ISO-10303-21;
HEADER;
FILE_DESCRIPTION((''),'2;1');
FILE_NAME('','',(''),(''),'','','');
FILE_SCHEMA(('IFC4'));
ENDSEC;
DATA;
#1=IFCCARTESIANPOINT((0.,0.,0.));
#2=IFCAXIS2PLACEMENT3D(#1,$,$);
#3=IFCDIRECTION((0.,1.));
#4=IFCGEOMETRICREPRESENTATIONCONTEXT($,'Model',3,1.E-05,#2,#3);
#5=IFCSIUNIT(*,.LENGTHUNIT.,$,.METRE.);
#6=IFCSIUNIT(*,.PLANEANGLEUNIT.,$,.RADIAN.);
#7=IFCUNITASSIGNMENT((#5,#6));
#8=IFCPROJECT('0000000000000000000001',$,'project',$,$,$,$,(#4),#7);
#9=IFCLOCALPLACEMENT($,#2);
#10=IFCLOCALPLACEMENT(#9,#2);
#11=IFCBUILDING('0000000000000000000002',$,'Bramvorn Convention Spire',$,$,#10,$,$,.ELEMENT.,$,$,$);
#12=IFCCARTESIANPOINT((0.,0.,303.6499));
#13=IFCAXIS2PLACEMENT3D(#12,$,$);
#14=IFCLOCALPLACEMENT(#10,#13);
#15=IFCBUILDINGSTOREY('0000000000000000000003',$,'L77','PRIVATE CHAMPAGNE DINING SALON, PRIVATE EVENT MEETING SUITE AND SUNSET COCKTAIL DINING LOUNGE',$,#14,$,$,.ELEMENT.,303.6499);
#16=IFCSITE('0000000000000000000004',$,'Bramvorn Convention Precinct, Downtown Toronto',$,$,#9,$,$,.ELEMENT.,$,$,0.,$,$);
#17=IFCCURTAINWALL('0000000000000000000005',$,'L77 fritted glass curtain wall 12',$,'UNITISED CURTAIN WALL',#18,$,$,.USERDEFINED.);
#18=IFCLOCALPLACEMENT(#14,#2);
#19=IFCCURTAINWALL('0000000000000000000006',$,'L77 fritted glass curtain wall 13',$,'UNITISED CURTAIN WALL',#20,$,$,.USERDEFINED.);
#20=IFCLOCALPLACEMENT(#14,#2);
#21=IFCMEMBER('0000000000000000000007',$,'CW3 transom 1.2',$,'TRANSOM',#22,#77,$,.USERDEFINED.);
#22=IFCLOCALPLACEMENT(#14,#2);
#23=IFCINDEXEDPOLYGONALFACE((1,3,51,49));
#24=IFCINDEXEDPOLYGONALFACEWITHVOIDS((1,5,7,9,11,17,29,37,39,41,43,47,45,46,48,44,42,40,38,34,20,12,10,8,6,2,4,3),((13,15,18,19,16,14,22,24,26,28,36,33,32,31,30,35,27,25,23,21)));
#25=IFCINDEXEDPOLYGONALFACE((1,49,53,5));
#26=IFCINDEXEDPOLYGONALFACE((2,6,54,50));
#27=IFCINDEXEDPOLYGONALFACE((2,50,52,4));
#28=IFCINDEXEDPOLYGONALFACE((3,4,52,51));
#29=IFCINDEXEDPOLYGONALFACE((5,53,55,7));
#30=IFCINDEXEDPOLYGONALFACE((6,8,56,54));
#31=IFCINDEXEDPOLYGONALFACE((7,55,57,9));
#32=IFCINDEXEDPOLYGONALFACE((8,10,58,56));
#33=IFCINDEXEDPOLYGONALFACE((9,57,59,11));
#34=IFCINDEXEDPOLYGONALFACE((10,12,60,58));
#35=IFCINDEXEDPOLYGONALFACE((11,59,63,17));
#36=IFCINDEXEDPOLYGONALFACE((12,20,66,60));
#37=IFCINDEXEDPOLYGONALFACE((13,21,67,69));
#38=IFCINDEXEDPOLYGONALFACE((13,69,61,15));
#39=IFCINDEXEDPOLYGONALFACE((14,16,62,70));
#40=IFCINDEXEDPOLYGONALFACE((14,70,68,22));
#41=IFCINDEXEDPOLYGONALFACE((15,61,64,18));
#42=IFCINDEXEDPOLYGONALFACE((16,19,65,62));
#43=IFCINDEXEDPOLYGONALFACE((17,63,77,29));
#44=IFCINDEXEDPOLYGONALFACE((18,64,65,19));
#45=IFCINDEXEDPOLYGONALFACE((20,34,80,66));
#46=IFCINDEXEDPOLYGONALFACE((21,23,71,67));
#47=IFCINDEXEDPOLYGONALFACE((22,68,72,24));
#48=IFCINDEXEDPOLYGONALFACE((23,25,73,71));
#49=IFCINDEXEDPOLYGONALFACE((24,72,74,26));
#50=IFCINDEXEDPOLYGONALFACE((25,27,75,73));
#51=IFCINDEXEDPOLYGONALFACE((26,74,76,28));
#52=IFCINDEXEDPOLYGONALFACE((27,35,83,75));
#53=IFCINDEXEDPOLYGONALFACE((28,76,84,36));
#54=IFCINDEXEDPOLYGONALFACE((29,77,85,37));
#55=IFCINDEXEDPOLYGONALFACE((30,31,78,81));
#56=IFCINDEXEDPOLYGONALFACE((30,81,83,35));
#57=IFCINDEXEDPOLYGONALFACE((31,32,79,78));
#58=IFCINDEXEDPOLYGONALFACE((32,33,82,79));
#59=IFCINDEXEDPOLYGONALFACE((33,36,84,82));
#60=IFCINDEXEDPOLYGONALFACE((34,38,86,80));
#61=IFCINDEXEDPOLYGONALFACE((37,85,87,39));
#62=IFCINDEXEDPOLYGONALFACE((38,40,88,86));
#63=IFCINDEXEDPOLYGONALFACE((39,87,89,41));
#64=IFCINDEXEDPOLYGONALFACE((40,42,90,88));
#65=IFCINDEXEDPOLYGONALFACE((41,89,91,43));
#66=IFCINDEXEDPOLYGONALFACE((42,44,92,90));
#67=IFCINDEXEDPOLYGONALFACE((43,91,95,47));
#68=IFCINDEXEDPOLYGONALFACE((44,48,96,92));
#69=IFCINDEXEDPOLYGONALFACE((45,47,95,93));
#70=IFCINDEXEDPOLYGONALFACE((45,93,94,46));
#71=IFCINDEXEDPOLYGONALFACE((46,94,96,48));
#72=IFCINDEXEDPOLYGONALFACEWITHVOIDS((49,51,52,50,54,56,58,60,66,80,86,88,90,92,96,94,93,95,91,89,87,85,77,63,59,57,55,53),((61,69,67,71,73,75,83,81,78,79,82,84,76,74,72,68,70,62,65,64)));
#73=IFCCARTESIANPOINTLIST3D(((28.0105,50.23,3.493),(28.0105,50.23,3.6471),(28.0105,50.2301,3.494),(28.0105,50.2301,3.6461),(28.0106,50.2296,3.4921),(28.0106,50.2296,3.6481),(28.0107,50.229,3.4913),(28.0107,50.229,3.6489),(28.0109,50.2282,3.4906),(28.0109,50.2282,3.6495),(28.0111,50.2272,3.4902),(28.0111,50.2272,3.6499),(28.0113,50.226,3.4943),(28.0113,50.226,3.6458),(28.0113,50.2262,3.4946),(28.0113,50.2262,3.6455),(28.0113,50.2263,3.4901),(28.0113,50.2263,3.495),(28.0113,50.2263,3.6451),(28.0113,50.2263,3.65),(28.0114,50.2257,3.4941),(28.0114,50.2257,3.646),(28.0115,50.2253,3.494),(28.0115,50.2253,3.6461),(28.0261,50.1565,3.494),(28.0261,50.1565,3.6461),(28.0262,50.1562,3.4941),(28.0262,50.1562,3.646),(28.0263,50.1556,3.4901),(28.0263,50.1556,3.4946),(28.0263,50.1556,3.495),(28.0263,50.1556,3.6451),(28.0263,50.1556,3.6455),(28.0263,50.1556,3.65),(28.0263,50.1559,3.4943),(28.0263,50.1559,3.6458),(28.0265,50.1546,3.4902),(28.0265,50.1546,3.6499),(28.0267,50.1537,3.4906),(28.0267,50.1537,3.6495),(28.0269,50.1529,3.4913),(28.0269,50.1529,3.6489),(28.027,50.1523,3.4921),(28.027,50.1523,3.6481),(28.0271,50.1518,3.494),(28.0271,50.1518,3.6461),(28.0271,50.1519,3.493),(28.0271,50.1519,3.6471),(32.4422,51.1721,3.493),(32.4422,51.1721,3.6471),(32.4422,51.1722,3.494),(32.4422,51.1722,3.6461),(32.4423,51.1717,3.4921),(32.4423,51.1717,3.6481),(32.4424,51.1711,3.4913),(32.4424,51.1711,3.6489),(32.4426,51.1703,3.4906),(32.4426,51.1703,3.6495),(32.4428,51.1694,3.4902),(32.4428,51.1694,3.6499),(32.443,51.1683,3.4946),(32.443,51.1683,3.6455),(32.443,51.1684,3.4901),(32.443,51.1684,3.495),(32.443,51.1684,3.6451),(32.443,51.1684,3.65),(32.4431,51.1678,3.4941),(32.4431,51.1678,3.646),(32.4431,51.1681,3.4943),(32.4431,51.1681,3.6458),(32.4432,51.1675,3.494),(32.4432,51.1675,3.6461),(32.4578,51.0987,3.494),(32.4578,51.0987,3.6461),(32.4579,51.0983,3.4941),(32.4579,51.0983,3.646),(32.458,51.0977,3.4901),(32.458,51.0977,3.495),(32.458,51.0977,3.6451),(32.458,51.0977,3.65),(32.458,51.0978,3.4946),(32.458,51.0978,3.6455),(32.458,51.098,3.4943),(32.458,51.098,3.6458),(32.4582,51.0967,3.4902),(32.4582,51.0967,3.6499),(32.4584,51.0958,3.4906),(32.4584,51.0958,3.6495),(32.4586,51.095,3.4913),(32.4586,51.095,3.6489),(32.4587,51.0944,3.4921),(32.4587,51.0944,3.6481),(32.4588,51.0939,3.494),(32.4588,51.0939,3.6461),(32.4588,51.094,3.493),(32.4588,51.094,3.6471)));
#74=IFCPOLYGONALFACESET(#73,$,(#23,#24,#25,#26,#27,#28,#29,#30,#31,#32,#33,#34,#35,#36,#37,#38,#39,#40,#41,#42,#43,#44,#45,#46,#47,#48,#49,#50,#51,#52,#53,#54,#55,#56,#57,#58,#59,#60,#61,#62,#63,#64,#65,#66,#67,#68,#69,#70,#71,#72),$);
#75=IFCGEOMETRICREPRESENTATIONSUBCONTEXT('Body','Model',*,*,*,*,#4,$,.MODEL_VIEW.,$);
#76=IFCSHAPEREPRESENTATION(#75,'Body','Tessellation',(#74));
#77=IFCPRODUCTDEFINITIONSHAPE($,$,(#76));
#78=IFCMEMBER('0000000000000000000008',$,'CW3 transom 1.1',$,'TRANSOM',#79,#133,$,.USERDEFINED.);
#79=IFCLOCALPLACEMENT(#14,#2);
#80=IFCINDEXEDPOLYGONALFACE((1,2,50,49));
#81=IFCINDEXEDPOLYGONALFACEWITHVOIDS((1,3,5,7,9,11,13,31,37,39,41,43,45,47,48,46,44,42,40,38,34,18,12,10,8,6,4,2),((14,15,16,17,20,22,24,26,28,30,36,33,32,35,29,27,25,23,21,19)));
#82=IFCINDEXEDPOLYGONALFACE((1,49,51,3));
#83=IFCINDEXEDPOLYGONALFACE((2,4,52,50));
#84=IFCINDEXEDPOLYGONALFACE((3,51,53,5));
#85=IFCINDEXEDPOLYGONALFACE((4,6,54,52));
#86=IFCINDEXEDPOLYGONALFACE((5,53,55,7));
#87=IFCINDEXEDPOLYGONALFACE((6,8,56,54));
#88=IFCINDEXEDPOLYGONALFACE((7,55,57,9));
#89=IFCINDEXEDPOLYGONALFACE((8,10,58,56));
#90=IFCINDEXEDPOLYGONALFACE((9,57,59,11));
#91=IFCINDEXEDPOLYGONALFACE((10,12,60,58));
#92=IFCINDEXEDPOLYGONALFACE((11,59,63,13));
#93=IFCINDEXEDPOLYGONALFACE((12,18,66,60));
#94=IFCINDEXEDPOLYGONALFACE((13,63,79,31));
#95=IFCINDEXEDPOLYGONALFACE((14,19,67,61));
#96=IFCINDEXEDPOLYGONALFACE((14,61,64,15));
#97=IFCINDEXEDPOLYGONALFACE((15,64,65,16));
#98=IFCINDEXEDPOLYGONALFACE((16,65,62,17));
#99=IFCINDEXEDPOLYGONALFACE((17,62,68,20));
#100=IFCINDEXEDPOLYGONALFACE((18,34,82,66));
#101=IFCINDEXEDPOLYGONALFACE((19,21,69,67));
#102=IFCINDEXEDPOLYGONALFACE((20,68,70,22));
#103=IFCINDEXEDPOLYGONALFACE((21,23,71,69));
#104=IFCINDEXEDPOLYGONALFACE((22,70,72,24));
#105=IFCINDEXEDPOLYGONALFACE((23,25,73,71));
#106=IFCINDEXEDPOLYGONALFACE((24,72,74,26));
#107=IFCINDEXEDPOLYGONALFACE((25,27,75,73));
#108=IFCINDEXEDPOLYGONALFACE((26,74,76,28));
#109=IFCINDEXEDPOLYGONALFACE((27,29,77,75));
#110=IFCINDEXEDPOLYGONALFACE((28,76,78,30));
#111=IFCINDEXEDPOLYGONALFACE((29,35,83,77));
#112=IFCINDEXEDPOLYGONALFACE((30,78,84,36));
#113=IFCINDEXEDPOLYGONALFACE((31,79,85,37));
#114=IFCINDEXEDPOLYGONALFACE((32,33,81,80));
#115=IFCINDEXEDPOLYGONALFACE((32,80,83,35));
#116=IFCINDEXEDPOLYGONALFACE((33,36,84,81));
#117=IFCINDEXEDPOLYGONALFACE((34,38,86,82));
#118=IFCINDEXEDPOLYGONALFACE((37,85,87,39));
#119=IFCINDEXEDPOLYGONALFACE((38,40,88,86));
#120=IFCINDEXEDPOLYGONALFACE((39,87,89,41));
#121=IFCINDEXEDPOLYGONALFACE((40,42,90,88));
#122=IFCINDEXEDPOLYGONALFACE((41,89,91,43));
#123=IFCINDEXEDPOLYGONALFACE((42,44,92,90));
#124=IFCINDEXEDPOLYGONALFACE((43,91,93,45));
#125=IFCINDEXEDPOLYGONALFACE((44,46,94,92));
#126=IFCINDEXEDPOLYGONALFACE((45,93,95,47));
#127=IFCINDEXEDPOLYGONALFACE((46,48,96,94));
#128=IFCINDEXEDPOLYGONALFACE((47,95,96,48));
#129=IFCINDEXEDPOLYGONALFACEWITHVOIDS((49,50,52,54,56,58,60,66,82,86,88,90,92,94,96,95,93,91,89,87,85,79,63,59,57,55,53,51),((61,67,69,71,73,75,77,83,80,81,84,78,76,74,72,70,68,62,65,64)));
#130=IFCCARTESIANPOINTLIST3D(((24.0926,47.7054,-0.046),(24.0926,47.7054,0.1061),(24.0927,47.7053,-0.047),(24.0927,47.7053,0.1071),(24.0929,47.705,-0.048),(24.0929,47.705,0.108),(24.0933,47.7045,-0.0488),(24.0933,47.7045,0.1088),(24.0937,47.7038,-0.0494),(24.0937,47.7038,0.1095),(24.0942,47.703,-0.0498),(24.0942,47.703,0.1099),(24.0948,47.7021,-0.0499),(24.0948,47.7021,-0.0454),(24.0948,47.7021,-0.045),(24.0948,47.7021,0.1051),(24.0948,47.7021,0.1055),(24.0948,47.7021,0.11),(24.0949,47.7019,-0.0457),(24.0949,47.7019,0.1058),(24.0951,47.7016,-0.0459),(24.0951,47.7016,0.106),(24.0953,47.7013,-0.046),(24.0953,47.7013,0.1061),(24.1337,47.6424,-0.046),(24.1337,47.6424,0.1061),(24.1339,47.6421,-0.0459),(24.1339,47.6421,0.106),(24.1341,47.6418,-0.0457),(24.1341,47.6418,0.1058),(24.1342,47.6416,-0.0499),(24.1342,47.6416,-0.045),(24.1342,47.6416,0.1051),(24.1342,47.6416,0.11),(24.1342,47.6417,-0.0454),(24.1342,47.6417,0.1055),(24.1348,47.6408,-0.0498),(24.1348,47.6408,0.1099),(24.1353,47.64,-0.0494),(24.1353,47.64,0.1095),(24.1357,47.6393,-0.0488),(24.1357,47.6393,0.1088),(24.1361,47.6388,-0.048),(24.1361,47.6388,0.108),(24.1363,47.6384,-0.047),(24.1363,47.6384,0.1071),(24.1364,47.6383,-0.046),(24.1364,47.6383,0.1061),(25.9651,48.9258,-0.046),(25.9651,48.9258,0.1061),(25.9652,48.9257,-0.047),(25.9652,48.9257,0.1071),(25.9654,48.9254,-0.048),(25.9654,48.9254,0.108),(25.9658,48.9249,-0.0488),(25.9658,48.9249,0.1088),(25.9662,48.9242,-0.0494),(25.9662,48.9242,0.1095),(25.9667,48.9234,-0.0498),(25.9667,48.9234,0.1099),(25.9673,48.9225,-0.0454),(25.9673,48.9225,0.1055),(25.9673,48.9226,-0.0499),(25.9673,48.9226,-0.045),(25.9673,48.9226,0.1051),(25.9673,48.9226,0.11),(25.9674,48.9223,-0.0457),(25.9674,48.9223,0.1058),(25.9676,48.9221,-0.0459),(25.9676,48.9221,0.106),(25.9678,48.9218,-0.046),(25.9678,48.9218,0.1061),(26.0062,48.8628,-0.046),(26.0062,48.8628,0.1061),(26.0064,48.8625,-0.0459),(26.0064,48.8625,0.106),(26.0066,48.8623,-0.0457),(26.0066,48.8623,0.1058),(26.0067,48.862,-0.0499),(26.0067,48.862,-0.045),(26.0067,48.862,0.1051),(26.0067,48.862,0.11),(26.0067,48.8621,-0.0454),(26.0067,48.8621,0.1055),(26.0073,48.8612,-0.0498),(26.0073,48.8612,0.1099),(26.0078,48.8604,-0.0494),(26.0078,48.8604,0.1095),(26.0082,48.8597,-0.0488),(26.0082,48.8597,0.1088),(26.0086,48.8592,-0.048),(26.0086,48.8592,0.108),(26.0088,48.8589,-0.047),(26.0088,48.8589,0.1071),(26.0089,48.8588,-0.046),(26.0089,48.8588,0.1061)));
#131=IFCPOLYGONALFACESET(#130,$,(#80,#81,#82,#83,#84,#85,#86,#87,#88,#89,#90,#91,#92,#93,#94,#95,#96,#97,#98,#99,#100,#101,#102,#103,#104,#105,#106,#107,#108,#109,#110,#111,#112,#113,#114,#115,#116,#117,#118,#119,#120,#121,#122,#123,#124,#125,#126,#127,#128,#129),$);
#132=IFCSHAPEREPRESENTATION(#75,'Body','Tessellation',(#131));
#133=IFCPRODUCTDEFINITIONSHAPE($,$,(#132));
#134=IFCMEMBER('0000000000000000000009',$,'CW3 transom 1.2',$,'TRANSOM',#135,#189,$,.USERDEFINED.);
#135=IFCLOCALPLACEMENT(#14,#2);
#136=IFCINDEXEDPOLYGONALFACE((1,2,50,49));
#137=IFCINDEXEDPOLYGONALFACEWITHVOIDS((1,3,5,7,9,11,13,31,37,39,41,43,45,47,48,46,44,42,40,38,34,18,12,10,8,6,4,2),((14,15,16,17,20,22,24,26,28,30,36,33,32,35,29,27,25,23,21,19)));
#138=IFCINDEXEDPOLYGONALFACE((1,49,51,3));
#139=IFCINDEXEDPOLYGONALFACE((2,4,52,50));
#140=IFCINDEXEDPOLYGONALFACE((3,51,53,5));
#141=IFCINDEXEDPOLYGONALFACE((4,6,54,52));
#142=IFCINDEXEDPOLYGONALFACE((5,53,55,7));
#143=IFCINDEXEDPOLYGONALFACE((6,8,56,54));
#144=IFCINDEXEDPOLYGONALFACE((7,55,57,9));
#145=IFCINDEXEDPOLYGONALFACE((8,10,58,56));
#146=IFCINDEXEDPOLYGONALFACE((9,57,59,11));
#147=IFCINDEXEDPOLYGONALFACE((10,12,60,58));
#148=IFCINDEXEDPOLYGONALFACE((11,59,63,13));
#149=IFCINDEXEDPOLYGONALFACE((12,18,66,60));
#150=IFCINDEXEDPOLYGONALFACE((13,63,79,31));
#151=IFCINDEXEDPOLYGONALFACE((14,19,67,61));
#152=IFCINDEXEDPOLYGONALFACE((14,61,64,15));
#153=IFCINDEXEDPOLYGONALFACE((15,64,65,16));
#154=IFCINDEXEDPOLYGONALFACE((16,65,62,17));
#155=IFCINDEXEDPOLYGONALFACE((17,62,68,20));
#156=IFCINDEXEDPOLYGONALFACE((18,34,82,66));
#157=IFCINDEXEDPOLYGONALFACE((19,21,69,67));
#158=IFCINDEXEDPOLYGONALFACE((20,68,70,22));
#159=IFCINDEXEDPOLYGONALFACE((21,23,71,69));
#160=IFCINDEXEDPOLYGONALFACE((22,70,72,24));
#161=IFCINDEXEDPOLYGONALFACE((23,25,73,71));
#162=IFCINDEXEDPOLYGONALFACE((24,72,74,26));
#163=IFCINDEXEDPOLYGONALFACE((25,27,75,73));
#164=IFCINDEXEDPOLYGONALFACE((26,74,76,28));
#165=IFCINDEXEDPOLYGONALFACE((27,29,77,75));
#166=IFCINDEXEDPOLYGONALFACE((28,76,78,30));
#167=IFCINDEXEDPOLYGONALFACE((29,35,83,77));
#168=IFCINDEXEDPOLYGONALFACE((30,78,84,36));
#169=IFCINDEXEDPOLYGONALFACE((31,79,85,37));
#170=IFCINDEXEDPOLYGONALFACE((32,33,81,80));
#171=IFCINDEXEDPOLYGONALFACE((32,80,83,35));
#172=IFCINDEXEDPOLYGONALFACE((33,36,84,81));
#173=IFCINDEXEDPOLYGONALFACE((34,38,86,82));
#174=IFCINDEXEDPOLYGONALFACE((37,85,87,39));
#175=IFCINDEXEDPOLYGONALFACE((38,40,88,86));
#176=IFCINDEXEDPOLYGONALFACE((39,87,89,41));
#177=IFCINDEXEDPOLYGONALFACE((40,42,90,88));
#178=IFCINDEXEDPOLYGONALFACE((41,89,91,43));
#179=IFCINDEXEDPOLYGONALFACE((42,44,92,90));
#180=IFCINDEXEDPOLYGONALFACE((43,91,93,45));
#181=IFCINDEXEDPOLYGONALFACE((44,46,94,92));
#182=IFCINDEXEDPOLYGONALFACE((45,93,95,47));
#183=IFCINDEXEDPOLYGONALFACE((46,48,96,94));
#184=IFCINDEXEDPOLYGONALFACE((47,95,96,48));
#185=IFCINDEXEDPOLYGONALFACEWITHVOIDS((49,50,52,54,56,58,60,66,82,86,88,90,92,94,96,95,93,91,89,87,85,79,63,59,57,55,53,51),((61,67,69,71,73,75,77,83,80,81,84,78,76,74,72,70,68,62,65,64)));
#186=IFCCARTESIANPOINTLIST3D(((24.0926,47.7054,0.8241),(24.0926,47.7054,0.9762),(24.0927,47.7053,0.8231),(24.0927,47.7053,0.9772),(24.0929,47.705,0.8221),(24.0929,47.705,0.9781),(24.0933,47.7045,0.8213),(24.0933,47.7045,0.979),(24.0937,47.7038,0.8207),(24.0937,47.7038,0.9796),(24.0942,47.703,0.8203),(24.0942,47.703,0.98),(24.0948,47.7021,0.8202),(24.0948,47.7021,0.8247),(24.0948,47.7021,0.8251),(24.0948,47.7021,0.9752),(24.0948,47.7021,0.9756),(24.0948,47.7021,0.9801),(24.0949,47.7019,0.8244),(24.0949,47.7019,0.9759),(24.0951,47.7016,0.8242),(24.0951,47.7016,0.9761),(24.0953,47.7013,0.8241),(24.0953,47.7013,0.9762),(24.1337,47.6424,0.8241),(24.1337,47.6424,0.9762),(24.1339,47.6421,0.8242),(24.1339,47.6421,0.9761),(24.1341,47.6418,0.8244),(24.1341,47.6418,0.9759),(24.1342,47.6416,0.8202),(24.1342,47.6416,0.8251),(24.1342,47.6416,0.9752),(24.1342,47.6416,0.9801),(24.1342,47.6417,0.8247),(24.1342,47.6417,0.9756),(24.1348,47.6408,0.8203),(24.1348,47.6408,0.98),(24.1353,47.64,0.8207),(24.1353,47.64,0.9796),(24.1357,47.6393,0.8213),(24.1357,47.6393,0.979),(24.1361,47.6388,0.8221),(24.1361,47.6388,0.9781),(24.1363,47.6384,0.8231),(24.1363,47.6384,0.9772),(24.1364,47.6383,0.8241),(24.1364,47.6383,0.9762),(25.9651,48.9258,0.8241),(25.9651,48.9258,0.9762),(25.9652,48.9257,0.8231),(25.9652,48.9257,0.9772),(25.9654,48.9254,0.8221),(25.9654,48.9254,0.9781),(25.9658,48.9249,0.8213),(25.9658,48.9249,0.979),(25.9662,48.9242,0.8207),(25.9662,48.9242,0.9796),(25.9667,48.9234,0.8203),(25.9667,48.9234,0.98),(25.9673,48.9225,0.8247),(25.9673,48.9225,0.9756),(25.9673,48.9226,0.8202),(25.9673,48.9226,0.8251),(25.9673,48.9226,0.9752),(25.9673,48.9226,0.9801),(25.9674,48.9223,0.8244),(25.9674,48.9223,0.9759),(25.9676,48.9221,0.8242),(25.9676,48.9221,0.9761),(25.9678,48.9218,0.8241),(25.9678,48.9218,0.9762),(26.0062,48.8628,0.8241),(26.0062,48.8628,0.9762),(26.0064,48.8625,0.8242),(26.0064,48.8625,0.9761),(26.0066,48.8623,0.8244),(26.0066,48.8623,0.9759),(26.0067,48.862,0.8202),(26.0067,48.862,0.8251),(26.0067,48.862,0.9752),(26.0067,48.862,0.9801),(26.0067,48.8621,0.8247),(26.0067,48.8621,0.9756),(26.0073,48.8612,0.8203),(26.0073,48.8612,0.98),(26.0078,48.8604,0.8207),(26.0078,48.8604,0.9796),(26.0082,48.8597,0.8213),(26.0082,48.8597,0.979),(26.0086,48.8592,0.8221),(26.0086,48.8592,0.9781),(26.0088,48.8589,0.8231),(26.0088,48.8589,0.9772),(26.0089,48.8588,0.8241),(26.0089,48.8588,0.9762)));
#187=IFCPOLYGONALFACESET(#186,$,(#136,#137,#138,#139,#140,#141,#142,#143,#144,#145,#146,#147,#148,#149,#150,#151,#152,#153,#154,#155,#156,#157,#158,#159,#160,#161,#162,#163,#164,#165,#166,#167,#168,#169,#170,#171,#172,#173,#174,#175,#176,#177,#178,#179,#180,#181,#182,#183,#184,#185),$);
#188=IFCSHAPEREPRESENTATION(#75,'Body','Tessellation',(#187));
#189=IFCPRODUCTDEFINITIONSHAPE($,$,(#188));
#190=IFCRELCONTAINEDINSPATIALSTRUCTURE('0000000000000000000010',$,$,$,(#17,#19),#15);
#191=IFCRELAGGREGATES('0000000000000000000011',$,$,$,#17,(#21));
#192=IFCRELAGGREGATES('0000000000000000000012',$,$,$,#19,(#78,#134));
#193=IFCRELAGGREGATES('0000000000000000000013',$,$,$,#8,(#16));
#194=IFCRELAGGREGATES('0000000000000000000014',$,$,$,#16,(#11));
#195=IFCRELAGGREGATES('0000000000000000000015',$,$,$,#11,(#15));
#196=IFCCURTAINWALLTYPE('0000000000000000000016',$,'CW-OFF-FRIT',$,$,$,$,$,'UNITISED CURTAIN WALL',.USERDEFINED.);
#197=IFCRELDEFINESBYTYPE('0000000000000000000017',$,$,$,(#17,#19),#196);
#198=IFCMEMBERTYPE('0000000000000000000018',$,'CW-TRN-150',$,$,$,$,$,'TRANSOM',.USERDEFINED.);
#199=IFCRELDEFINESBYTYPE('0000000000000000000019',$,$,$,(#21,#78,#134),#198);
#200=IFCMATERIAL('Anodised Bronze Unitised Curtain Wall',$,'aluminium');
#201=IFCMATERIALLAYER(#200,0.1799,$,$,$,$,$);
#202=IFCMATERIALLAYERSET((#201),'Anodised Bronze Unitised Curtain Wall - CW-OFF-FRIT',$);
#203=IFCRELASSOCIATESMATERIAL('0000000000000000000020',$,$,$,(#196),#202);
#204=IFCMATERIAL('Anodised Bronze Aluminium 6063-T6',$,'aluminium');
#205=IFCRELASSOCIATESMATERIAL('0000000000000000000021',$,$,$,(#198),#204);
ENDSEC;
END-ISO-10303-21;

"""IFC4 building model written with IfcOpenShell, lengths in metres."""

from ifc_helpers import new_model, si_unit, direction, frame, origin, origin_2d, place, context, subcontext, project, spatial, hollow_rectangle, extrude, material, layer, layer_set, material_profile, profile_set, type_object, element, aggregate, save


model = new_model("IFC4")

# Units and contexts
model_context = context("Model", 3, precision=1e-05, world=origin(), true_north=direction((0.0, 1.0)))
body_context = subcontext(model_context, "Body", "Model", "MODEL_VIEW")
ifc_project = project(units=[si_unit("LENGTHUNIT", "METRE"), si_unit("PLANEANGLEUNIT", "RADIAN")], contexts=[model_context])

# Site, building, storey
site_placement = place(None, origin())
site = spatial("IfcSite", under=ifc_project, at=site_placement, Name="Bramvorn Convention Precinct, Downtown Toronto", CompositionType="ELEMENT", RefElevation=0.0)
building_placement = place(site_placement, origin())
building = spatial("IfcBuilding", under=site, at=building_placement, Name="Bramvorn Convention Spire", CompositionType="ELEMENT")
storey_placement = place(building_placement, frame((0.0, 0.0, 303.6499)))
storey = spatial("IfcBuildingStorey", under=building, at=storey_placement, Name="L77", Description="PRIVATE CHAMPAGNE DINING SALON, PRIVATE EVENT MEETING SUITE AND SUNSET COCKTAIL DINING LOUNGE", CompositionType="ELEMENT", Elevation=303.6499)

# Curtain walls
ifc_material_1 = material(Name="Anodised Bronze Unitised Curtain Wall", Category="aluminium")
ifc_layer_1 = layer(ifc_material_1, 0.1799)
ifc_layer_set_1 = layer_set([ifc_layer_1], Name="Anodised Bronze Unitised Curtain Wall - CW-OFF-FRIT")
curtain_wall_type = type_object("IfcCurtainWallType", Name="CW-OFF-FRIT", ElementType="UNITISED CURTAIN WALL", PredefinedType="USERDEFINED", material=ifc_layer_set_1)
curtain_wall_1_placement = place(storey_placement, origin())
curtain_wall_1 = element("IfcCurtainWall", 1, at=curtain_wall_1_placement, inside=storey, type_object=curtain_wall_type, Name="L77 fritted glass curtain wall 12", ObjectType="UNITISED CURTAIN WALL", PredefinedType="USERDEFINED")
ifc_material_2 = material(Name="Anodised Bronze Aluminium 6063-T6", Category="aluminium")
curtain_wall_2_placement = place(storey_placement, origin())
curtain_wall_2 = element("IfcCurtainWall", 2, at=curtain_wall_2_placement, inside=storey, type_object=curtain_wall_type, Name="L77 fritted glass curtain wall 13", ObjectType="UNITISED CURTAIN WALL", PredefinedType="USERDEFINED")

# Members
ifc_material_profile_1 = material_profile(ifc_material_2, hollow_rectangle(XDim=0.0801, YDim=0.1599, WallThickness=0.0039, InnerFilletRadius=0.001, OuterFilletRadius=0.0039, at=origin_2d()))
ifc_profile_set_1 = profile_set([ifc_material_profile_1], Name="Anodised Bronze Aluminium 6063-T6 - CWT80X160")
member_type_1 = type_object("IfcMemberType", Name="CW-TRN-150", ElementType="TRANSOM", PredefinedType="USERDEFINED", material=ifc_profile_set_1)
member_1_placement = place(storey_placement, frame((28.0188, 50.1909, 3.5701), z_axis=(0.97814, 0.207946, 0.0), x_axis=(-0.207946, 0.97814, 0.0)))
member_1 = element("IfcMember", 3, at=member_1_placement, type_object=member_type_1, Name="CW3 transom 1.2", ObjectType="TRANSOM", PredefinedType="USERDEFINED", context=body_context, shape_type="SweptSolid", body=[
    extrude(hollow_rectangle(XDim=0.0801, YDim=0.1599, WallThickness=0.0039, InnerFilletRadius=0.001, OuterFilletRadius=0.0039, at=origin_2d()), origin(), (0.0, 0.0, 1.0), 4.5308),
])
member_2_placement = place(storey_placement, frame((24.1145, 47.6719, 0.03), z_axis=(0.837769, 0.546025, 0.0), x_axis=(-0.546025, 0.837769, 0.0)))
member_2 = element("IfcMember", 4, at=member_2_placement, type_object=member_type_1, Name="CW3 transom 1.1", ObjectType="TRANSOM", PredefinedType="USERDEFINED", context=body_context, shape_type="SweptSolid", body=[
    extrude(hollow_rectangle(XDim=0.0801, YDim=0.1599, WallThickness=0.0039, InnerFilletRadius=0.001, OuterFilletRadius=0.0039, at=origin_2d()), origin(), (0.0, 0.0, 1.0), 2.2351),
])
member_3_placement = place(storey_placement, frame((24.1145, 47.6719, 0.9001), z_axis=(0.837769, 0.546025, 0.0), x_axis=(-0.546025, 0.837769, 0.0)))
member_3 = element("IfcMember", 5, at=member_3_placement, type_object=member_type_1, Name="CW3 transom 1.2", ObjectType="TRANSOM", PredefinedType="USERDEFINED", context=body_context, shape_type="SweptSolid", body=[
    extrude(hollow_rectangle(XDim=0.0801, YDim=0.1599, WallThickness=0.0039, InnerFilletRadius=0.001, OuterFilletRadius=0.0039, at=origin_2d()), origin(), (0.0, 0.0, 1.0), 2.2351),
])

aggregate(curtain_wall_1, [member_1])
aggregate(curtain_wall_2, [member_2, member_3])

save(model, "model.ifc")
